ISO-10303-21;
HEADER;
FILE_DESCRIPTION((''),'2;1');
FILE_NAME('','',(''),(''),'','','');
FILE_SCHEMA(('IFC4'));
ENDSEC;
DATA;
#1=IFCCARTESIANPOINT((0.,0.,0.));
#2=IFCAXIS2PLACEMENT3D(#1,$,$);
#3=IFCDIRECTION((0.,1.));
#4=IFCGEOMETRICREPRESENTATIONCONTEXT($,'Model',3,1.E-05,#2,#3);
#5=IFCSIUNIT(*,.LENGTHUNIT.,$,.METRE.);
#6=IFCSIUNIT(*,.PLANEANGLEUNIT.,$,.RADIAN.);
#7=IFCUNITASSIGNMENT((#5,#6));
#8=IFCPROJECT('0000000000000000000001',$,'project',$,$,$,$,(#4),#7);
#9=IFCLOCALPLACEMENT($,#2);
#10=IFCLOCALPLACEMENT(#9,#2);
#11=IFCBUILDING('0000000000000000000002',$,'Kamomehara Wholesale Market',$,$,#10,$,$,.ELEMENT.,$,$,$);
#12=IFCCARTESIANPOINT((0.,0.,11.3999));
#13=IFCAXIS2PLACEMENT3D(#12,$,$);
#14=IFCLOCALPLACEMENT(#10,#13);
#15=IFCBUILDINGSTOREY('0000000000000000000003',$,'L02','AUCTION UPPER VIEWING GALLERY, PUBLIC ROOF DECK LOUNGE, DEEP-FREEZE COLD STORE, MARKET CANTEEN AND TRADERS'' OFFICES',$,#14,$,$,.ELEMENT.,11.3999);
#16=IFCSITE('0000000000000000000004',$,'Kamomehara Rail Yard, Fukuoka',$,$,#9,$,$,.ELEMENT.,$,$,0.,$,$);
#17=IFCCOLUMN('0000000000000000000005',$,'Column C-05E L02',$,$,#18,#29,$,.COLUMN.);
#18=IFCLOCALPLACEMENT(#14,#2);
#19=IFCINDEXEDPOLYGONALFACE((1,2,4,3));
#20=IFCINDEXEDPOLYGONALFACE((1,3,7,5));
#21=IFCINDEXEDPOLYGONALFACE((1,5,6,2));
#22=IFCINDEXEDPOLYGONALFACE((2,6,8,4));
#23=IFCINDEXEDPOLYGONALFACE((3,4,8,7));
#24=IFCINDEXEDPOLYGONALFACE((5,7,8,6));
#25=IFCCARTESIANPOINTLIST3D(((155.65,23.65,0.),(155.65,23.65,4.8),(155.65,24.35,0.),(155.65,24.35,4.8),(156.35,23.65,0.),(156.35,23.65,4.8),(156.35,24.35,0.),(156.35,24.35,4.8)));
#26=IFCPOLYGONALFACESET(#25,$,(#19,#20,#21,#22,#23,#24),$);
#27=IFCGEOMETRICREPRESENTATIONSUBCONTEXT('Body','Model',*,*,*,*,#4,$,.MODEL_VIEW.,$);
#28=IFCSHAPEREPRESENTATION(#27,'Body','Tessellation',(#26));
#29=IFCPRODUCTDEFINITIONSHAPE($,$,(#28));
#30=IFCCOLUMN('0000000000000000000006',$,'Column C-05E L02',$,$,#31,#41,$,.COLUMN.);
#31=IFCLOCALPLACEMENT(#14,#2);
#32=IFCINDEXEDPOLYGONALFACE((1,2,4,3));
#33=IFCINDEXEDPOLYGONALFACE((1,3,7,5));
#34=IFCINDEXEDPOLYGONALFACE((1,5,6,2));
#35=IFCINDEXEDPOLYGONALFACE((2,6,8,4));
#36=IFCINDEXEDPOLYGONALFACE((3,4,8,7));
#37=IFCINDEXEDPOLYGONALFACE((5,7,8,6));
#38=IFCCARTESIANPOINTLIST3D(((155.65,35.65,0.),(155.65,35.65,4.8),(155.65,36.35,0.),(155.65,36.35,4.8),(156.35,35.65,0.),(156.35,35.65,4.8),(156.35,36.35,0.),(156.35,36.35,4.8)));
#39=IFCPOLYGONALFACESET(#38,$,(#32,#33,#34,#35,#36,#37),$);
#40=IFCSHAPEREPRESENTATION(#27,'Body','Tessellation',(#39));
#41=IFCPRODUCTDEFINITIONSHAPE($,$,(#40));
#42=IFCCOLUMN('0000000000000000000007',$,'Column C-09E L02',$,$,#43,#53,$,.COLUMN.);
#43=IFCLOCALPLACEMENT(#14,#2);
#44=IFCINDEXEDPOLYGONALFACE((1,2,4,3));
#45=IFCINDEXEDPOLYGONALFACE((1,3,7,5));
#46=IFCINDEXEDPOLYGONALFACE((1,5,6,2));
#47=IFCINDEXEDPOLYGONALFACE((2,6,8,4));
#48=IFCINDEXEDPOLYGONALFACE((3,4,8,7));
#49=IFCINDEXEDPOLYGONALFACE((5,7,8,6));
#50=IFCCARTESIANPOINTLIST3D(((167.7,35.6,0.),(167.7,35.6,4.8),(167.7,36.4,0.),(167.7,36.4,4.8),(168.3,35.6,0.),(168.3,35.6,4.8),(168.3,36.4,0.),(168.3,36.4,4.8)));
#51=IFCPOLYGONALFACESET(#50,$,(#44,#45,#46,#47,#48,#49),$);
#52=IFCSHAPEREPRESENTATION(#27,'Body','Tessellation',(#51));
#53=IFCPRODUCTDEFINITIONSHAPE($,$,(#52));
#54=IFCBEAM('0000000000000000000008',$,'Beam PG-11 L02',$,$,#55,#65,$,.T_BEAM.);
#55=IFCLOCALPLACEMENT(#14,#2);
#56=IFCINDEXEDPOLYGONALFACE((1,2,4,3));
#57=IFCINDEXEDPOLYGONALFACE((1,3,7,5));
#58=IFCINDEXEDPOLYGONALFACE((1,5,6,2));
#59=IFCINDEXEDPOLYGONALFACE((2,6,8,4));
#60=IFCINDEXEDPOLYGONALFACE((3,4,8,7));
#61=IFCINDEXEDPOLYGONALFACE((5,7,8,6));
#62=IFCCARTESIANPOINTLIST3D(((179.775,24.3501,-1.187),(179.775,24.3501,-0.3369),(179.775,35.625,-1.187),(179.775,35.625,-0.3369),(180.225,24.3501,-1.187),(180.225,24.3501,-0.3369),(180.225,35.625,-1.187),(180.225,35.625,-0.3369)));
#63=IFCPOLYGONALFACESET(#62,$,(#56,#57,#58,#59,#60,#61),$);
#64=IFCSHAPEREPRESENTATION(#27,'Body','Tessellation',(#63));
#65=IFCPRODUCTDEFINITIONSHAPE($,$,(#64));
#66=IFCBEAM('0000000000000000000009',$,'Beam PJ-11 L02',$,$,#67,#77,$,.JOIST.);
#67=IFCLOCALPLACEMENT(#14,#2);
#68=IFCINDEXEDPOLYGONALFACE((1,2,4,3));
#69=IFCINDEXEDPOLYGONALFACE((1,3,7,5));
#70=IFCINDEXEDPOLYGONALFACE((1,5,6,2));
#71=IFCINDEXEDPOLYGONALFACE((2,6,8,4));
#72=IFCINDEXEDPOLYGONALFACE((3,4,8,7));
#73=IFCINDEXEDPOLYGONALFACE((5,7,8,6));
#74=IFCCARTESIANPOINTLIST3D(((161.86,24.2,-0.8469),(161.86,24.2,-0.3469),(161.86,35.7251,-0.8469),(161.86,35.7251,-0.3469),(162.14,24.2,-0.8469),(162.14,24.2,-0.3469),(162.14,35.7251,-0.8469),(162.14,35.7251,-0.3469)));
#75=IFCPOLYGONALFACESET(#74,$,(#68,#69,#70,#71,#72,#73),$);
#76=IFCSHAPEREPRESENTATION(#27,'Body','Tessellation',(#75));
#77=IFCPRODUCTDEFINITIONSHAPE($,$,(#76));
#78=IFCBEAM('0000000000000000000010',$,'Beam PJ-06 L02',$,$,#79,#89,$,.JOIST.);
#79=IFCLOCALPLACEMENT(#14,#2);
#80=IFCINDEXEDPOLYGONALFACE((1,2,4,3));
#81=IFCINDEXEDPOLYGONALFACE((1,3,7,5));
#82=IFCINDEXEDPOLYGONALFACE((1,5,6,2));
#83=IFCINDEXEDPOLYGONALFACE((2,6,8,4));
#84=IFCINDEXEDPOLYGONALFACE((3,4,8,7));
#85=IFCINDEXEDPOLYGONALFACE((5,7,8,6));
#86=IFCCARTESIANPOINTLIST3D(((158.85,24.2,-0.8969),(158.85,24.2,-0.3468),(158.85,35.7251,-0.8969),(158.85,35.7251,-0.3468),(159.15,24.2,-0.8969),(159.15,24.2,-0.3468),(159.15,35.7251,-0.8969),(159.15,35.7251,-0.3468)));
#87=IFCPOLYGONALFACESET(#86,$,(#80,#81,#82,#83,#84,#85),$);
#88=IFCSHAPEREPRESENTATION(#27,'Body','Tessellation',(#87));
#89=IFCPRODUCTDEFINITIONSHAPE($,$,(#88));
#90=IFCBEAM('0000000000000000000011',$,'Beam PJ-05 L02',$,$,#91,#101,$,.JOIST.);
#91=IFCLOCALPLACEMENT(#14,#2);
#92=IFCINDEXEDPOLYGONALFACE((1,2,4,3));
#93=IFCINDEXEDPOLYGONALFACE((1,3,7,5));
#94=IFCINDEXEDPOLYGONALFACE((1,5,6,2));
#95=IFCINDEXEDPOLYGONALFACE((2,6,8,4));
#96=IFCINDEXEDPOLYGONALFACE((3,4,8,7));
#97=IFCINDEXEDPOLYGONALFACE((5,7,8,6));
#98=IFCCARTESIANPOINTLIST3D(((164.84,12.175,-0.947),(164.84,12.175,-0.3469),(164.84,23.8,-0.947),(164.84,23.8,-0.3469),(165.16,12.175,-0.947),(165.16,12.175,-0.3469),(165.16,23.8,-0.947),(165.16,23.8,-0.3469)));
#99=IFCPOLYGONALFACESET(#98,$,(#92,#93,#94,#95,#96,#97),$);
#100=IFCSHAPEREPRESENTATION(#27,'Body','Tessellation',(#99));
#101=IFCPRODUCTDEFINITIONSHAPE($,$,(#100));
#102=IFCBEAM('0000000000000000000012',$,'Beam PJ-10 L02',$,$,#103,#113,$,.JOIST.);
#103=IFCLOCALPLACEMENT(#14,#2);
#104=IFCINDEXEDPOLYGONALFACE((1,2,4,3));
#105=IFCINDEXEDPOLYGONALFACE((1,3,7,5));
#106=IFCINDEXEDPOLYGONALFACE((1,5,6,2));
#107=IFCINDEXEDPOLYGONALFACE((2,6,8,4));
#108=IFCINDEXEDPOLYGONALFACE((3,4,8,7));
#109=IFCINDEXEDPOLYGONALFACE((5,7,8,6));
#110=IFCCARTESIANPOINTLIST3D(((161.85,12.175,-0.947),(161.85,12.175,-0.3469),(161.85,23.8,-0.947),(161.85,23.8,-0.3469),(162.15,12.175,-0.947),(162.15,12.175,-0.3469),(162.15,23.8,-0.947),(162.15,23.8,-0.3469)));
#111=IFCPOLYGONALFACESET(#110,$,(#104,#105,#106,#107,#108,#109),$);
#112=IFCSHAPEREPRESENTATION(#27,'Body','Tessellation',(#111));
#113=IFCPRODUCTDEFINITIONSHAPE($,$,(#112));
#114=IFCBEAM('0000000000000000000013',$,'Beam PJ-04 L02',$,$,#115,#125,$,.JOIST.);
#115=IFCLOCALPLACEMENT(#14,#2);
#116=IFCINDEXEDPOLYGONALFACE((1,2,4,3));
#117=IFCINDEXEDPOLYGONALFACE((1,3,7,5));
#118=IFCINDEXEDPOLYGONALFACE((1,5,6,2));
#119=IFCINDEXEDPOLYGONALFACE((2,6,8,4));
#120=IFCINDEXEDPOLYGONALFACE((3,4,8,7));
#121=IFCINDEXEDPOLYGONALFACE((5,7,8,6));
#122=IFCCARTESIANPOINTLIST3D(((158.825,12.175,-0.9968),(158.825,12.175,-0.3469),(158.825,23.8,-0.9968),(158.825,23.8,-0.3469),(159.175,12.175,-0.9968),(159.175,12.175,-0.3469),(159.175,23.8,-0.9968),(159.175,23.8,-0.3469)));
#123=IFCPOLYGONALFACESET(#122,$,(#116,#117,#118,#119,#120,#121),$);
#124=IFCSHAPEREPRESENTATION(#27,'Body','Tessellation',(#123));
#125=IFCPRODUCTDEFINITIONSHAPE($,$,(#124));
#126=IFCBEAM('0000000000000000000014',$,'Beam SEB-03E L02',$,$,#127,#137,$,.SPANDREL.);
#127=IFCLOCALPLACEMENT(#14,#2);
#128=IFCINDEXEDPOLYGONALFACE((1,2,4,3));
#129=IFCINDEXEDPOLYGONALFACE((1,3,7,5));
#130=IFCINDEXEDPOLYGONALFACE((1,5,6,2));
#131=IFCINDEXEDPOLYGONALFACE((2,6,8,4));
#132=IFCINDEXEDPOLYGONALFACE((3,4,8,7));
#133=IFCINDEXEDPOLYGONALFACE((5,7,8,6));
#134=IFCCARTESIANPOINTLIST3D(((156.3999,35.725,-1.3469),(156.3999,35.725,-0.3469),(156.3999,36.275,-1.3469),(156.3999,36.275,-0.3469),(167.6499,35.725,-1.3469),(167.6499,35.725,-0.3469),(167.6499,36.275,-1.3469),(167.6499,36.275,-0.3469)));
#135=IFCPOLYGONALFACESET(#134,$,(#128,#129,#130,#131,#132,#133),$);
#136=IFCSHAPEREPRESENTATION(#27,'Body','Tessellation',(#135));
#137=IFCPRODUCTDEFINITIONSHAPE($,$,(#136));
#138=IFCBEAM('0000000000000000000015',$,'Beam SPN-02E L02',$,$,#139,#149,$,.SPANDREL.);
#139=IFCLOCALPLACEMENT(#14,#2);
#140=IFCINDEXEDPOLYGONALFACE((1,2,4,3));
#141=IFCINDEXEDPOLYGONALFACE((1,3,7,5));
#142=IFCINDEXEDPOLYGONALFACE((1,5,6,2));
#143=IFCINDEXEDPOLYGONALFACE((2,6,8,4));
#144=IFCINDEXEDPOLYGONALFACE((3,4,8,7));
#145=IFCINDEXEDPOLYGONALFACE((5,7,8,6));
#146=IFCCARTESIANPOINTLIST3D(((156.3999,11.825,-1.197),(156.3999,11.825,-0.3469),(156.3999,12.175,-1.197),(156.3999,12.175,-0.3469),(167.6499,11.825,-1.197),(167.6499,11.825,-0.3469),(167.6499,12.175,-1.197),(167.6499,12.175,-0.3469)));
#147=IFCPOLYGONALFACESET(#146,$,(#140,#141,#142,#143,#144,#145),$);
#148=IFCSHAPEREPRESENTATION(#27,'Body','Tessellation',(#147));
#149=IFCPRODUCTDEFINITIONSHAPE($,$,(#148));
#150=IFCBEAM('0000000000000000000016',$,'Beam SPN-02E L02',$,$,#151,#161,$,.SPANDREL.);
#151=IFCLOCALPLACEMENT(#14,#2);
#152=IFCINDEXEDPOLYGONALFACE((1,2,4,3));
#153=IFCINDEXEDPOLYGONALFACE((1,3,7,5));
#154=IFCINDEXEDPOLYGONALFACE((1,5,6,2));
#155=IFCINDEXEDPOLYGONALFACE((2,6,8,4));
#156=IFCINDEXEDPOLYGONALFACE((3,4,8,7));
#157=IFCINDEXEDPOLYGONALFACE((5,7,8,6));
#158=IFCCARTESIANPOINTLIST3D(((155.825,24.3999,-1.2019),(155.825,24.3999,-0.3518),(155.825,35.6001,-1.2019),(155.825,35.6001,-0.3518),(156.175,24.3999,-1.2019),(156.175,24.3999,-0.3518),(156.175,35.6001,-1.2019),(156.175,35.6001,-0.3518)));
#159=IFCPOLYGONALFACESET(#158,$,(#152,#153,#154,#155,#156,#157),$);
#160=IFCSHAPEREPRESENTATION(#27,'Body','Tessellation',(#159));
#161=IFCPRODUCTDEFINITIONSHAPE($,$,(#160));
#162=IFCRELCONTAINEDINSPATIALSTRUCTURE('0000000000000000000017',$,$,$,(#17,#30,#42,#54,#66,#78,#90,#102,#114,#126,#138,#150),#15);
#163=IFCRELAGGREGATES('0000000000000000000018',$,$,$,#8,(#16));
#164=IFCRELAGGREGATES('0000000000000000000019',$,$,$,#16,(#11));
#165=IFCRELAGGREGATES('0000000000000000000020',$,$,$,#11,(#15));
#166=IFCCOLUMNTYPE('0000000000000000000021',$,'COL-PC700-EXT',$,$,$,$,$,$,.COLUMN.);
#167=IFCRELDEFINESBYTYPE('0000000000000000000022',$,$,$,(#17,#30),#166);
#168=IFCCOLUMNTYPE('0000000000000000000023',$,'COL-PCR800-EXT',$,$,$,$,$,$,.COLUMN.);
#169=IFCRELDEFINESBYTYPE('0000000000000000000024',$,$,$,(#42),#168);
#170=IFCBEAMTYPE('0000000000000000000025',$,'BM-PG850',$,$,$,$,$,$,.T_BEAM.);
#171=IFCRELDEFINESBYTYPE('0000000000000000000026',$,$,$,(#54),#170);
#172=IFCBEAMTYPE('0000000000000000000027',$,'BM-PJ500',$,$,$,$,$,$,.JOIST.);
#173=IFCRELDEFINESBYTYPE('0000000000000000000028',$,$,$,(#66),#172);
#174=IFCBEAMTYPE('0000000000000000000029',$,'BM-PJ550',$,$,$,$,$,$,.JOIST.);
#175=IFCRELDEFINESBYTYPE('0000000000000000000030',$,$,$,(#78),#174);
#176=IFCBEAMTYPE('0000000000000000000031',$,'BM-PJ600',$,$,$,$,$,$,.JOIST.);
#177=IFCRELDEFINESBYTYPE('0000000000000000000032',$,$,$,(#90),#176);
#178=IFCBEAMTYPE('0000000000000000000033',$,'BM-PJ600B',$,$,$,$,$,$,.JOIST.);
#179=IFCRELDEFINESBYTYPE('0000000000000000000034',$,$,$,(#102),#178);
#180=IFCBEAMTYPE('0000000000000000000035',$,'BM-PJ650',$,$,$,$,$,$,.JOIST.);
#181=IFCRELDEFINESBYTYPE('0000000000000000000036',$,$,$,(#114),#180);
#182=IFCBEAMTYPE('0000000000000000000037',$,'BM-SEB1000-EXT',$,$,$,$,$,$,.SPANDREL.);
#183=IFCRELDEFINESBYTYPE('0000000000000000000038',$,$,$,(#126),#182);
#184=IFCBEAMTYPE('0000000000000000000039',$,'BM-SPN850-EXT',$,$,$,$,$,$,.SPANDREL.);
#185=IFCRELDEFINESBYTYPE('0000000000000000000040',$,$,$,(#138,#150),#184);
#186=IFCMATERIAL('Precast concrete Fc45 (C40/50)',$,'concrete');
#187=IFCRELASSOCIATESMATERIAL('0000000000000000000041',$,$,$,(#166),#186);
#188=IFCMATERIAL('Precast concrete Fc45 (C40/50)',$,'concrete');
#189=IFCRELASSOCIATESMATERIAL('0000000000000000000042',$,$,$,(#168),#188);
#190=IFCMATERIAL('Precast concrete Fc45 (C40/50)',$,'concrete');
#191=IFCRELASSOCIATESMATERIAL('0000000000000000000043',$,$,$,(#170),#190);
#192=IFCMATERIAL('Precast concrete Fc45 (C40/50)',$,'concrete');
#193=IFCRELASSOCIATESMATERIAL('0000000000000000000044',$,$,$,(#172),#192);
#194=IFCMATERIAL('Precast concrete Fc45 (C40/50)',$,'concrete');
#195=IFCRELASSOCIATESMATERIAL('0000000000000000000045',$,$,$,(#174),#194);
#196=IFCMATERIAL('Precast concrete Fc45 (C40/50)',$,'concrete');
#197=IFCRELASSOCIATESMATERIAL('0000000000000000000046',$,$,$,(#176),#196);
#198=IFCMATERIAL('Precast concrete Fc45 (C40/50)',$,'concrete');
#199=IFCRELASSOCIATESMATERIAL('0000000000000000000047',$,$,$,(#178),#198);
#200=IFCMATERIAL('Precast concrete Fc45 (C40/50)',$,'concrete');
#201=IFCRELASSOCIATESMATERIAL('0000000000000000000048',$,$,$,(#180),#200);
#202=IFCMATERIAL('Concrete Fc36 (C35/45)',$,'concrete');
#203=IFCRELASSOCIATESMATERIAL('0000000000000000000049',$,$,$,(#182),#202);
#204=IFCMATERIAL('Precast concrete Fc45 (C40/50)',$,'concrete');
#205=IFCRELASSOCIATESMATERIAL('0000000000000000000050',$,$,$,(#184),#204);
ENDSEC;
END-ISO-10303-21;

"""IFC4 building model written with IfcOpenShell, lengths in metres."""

from ifc_helpers import new_model, si_unit, direction, frame, origin, origin_2d, place, context, subcontext, project, spatial, rectangle, extrude, material, material_profile, profile_set, type_object, element, save


model = new_model("IFC4")

# Units and contexts
model_context = context("Model", 3, precision=1e-05, world=origin(), true_north=direction((0.0, 1.0)))
body_context = subcontext(model_context, "Body", "Model", "MODEL_VIEW")
ifc_project = project(units=[si_unit("LENGTHUNIT", "METRE"), si_unit("PLANEANGLEUNIT", "RADIAN")], contexts=[model_context])

# Site, building, storey
site_placement = place(None, origin())
site = spatial("IfcSite", under=ifc_project, at=site_placement, Name="Kamomehara Rail Yard, Fukuoka", CompositionType="ELEMENT", RefElevation=0.0)
building_placement = place(site_placement, origin())
building = spatial("IfcBuilding", under=site, at=building_placement, Name="Kamomehara Wholesale Market", CompositionType="ELEMENT")
storey_placement = place(building_placement, frame((0.0, 0.0, 11.3999)))
storey = spatial("IfcBuildingStorey", under=building, at=storey_placement, Name="L02", Description="AUCTION UPPER VIEWING GALLERY, PUBLIC ROOF DECK LOUNGE, DEEP-FREEZE COLD STORE, MARKET CANTEEN AND TRADERS' OFFICES", CompositionType="ELEMENT", Elevation=11.3999)

# Columns
ifc_material_1 = material(Name="Precast concrete Fc45 (C40/50)", Category="concrete")
ifc_material_profile_1 = material_profile(ifc_material_1, rectangle(XDim=0.7, YDim=0.7, at=origin_2d()), Name="PC-COL-700x700")
ifc_profile_set_1 = profile_set([ifc_material_profile_1], Name="Precast concrete Fc45 (C40/50)")
column_type_1 = type_object("IfcColumnType", Name="COL-PC700-EXT", PredefinedType="COLUMN", material=ifc_profile_set_1)
for number, where, z_axis, x_axis, name in (
    (1, (156.0, 24.0, 0.0), (0.0, 0.0, 1.0), (1.0, 0.0, 0.0), "Column C-05E L02"),
    (2, (156.0, 36.0, 0.0), (0.0, 0.0, 1.0), (1.0, 0.0, 0.0), "Column C-05E L02"),
):
    element("IfcColumn", number, at=place(storey_placement, frame(where, z_axis=z_axis, x_axis=x_axis)), inside=storey, type_object=column_type_1, Name=name, PredefinedType="COLUMN", context=body_context, shape_type="SweptSolid", body=[
        extrude(rectangle(XDim=0.7, YDim=0.7, at=origin_2d()), origin(), (0.0, 0.0, 1.0), 4.8),
    ])
ifc_material_2 = material(Name="Precast concrete Fc45 (C40/50)", Category="concrete")
ifc_material_profile_2 = material_profile(ifc_material_2, rectangle(XDim=0.6001, YDim=0.8, at=origin_2d()), Name="PC-COL-600x800")
ifc_profile_set_2 = profile_set([ifc_material_profile_2], Name="Precast concrete Fc45 (C40/50)")
column_type_2 = type_object("IfcColumnType", Name="COL-PCR800-EXT", PredefinedType="COLUMN", material=ifc_profile_set_2)
column_placement = place(storey_placement, frame((168.0, 36.0, 0.0), z_axis=(0.0, 0.0, 1.0), x_axis=(1.0, 0.0, 0.0)))
element("IfcColumn", 3, at=column_placement, inside=storey, type_object=column_type_2, Name="Column C-09E L02", PredefinedType="COLUMN", context=body_context, shape_type="SweptSolid", body=[
    extrude(rectangle(XDim=0.6001, YDim=0.8, at=origin_2d()), origin(), (0.0, 0.0, 1.0), 4.8),
])

# Beams
ifc_material_3 = material(Name="Precast concrete Fc45 (C40/50)", Category="concrete")
ifc_material_profile_3 = material_profile(ifc_material_3, rectangle(XDim=0.45, YDim=0.8501, at=origin_2d()), Name="PC-GRD-450x850")
ifc_profile_set_3 = profile_set([ifc_material_profile_3], Name="Precast concrete Fc45 (C40/50)")
beam_type_1 = type_object("IfcBeamType", Name="BM-PG850", PredefinedType="T_BEAM", material=ifc_profile_set_3)
beam_1_placement = place(storey_placement, frame((180.0, 24.3501, -0.762), z_axis=(0.0, 1.0, 0.0), x_axis=(-1.0, 0.0, 0.0)))
element("IfcBeam", 4, at=beam_1_placement, inside=storey, type_object=beam_type_1, Name="Beam PG-11 L02", PredefinedType="T_BEAM", context=body_context, shape_type="SweptSolid", body=[
    extrude(rectangle(XDim=0.45, YDim=0.8501, at=origin_2d()), origin(), (0.0, 0.0, 1.0), 11.2749),
])
ifc_material_4 = material(Name="Precast concrete Fc45 (C40/50)", Category="concrete")
ifc_material_profile_4 = material_profile(ifc_material_4, rectangle(XDim=0.28, YDim=0.5, at=origin_2d()), Name="PC-JST-280x500")
ifc_profile_set_4 = profile_set([ifc_material_profile_4], Name="Precast concrete Fc45 (C40/50)")
beam_type_2 = type_object("IfcBeamType", Name="BM-PJ500", PredefinedType="JOIST", material=ifc_profile_set_4)
beam_2_placement = place(storey_placement, frame((162.0, 24.2, -0.5969), z_axis=(0.0, 1.0, 0.0), x_axis=(-1.0, 0.0, 0.0)))
element("IfcBeam", 5, at=beam_2_placement, inside=storey, type_object=beam_type_2, Name="Beam PJ-11 L02", PredefinedType="JOIST", context=body_context, shape_type="SweptSolid", body=[
    extrude(rectangle(XDim=0.28, YDim=0.5, at=origin_2d()), origin(), (0.0, 0.0, 1.0), 11.5251),
])
ifc_material_5 = material(Name="Precast concrete Fc45 (C40/50)", Category="concrete")
ifc_material_profile_5 = material_profile(ifc_material_5, rectangle(XDim=0.3, YDim=0.55, at=origin_2d()), Name="PC-JST-300x550")
ifc_profile_set_5 = profile_set([ifc_material_profile_5], Name="Precast concrete Fc45 (C40/50)")
beam_type_3 = type_object("IfcBeamType", Name="BM-PJ550", PredefinedType="JOIST", material=ifc_profile_set_5)
beam_3_placement = place(storey_placement, frame((159.0, 24.2, -0.6218), z_axis=(0.0, 1.0, 0.0), x_axis=(-1.0, 0.0, 0.0)))
element("IfcBeam", 6, at=beam_3_placement, inside=storey, type_object=beam_type_3, Name="Beam PJ-06 L02", PredefinedType="JOIST", context=body_context, shape_type="SweptSolid", body=[
    extrude(rectangle(XDim=0.3, YDim=0.55, at=origin_2d()), origin(), (0.0, 0.0, 1.0), 11.5251),
])
ifc_material_6 = material(Name="Precast concrete Fc45 (C40/50)", Category="concrete")
ifc_material_profile_6 = material_profile(ifc_material_6, rectangle(XDim=0.3201, YDim=0.6001, at=origin_2d()), Name="PC-JST-320x600")
ifc_profile_set_6 = profile_set([ifc_material_profile_6], Name="Precast concrete Fc45 (C40/50)")
beam_type_4 = type_object("IfcBeamType", Name="BM-PJ600", PredefinedType="JOIST", material=ifc_profile_set_6)
beam_4_placement = place(storey_placement, frame((165.0, 12.175, -0.647), z_axis=(0.0, 1.0, 0.0), x_axis=(-1.0, 0.0, 0.0)))
element("IfcBeam", 7, at=beam_4_placement, inside=storey, type_object=beam_type_4, Name="Beam PJ-05 L02", PredefinedType="JOIST", context=body_context, shape_type="SweptSolid", body=[
    extrude(rectangle(XDim=0.3201, YDim=0.6001, at=origin_2d()), origin(), (0.0, 0.0, 1.0), 11.625),
])
ifc_material_7 = material(Name="Precast concrete Fc45 (C40/50)", Category="concrete")
ifc_material_profile_7 = material_profile(ifc_material_7, rectangle(XDim=0.3, YDim=0.6001, at=origin_2d()), Name="PC-JST-300x600")
ifc_profile_set_7 = profile_set([ifc_material_profile_7], Name="Precast concrete Fc45 (C40/50)")
beam_type_5 = type_object("IfcBeamType", Name="BM-PJ600B", PredefinedType="JOIST", material=ifc_profile_set_7)
beam_5_placement = place(storey_placement, frame((162.0, 12.175, -0.647), z_axis=(0.0, 1.0, 0.0), x_axis=(-1.0, 0.0, 0.0)))
element("IfcBeam", 8, at=beam_5_placement, inside=storey, type_object=beam_type_5, Name="Beam PJ-10 L02", PredefinedType="JOIST", context=body_context, shape_type="SweptSolid", body=[
    extrude(rectangle(XDim=0.3, YDim=0.6001, at=origin_2d()), origin(), (0.0, 0.0, 1.0), 11.625),
])
ifc_material_8 = material(Name="Precast concrete Fc45 (C40/50)", Category="concrete")
ifc_material_profile_8 = material_profile(ifc_material_8, rectangle(XDim=0.3501, YDim=0.6499, at=origin_2d()), Name="PC-JST-350x650")
ifc_profile_set_8 = profile_set([ifc_material_profile_8], Name="Precast concrete Fc45 (C40/50)")
beam_type_6 = type_object("IfcBeamType", Name="BM-PJ650", PredefinedType="JOIST", material=ifc_profile_set_8)
beam_6_placement = place(storey_placement, frame((159.0, 12.175, -0.6719), z_axis=(0.0, 1.0, 0.0), x_axis=(-1.0, 0.0, 0.0)))
element("IfcBeam", 9, at=beam_6_placement, inside=storey, type_object=beam_type_6, Name="Beam PJ-04 L02", PredefinedType="JOIST", context=body_context, shape_type="SweptSolid", body=[
    extrude(rectangle(XDim=0.3501, YDim=0.6499, at=origin_2d()), origin(), (0.0, 0.0, 1.0), 11.625),
])
ifc_material_9 = material(Name="Concrete Fc36 (C35/45)", Category="concrete")
ifc_material_profile_9 = material_profile(ifc_material_9, rectangle(XDim=0.55, YDim=1.0, at=origin_2d()), Name="RC-SEB-550x1000")
ifc_profile_set_9 = profile_set([ifc_material_profile_9], Name="Concrete Fc36 (C35/45)")
beam_type_7 = type_object("IfcBeamType", Name="BM-SEB1000-EXT", PredefinedType="SPANDREL", material=ifc_profile_set_9)
beam_7_placement = place(storey_placement, frame((156.3999, 36.0, -0.8469), z_axis=(1.0, 0.0, 0.0), x_axis=(0.0, 1.0, 0.0)))
element("IfcBeam", 10, at=beam_7_placement, inside=storey, type_object=beam_type_7, Name="Beam SEB-03E L02", PredefinedType="SPANDREL", context=body_context, shape_type="SweptSolid", body=[
    extrude(rectangle(XDim=0.55, YDim=1.0, at=origin_2d()), origin(), (0.0, 0.0, 1.0), 11.25),
])
ifc_material_10 = material(Name="Precast concrete Fc45 (C40/50)", Category="concrete")
ifc_material_profile_10 = material_profile(ifc_material_10, rectangle(XDim=0.3501, YDim=0.8501, at=origin_2d()), Name="PC-SPN-350x850")
ifc_profile_set_10 = profile_set([ifc_material_profile_10], Name="Precast concrete Fc45 (C40/50)")
beam_type_8 = type_object("IfcBeamType", Name="BM-SPN850-EXT", PredefinedType="SPANDREL", material=ifc_profile_set_10)
beam_8_placement = place(storey_placement, frame((156.3999, 12.0, -0.772), z_axis=(1.0, 0.0, 0.0), x_axis=(0.0, 1.0, 0.0)))
element("IfcBeam", 11, at=beam_8_placement, inside=storey, type_object=beam_type_8, Name="Beam SPN-02E L02", PredefinedType="SPANDREL", context=body_context, shape_type="SweptSolid", body=[
    extrude(rectangle(XDim=0.3501, YDim=0.8501, at=origin_2d()), origin(), (0.0, 0.0, 1.0), 11.25),
])
beam_9_placement = place(storey_placement, frame((156.0, 24.3999, -0.7769), z_axis=(0.0, 1.0, 0.0), x_axis=(-1.0, 0.0, 0.0)))
element("IfcBeam", 12, at=beam_9_placement, inside=storey, type_object=beam_type_8, Name="Beam SPN-02E L02", PredefinedType="SPANDREL", context=body_context, shape_type="SweptSolid", body=[
    extrude(rectangle(XDim=0.3501, YDim=0.8501, at=origin_2d()), origin(), (0.0, 0.0, 1.0), 11.2002),
])

save(model, "model.ifc")
